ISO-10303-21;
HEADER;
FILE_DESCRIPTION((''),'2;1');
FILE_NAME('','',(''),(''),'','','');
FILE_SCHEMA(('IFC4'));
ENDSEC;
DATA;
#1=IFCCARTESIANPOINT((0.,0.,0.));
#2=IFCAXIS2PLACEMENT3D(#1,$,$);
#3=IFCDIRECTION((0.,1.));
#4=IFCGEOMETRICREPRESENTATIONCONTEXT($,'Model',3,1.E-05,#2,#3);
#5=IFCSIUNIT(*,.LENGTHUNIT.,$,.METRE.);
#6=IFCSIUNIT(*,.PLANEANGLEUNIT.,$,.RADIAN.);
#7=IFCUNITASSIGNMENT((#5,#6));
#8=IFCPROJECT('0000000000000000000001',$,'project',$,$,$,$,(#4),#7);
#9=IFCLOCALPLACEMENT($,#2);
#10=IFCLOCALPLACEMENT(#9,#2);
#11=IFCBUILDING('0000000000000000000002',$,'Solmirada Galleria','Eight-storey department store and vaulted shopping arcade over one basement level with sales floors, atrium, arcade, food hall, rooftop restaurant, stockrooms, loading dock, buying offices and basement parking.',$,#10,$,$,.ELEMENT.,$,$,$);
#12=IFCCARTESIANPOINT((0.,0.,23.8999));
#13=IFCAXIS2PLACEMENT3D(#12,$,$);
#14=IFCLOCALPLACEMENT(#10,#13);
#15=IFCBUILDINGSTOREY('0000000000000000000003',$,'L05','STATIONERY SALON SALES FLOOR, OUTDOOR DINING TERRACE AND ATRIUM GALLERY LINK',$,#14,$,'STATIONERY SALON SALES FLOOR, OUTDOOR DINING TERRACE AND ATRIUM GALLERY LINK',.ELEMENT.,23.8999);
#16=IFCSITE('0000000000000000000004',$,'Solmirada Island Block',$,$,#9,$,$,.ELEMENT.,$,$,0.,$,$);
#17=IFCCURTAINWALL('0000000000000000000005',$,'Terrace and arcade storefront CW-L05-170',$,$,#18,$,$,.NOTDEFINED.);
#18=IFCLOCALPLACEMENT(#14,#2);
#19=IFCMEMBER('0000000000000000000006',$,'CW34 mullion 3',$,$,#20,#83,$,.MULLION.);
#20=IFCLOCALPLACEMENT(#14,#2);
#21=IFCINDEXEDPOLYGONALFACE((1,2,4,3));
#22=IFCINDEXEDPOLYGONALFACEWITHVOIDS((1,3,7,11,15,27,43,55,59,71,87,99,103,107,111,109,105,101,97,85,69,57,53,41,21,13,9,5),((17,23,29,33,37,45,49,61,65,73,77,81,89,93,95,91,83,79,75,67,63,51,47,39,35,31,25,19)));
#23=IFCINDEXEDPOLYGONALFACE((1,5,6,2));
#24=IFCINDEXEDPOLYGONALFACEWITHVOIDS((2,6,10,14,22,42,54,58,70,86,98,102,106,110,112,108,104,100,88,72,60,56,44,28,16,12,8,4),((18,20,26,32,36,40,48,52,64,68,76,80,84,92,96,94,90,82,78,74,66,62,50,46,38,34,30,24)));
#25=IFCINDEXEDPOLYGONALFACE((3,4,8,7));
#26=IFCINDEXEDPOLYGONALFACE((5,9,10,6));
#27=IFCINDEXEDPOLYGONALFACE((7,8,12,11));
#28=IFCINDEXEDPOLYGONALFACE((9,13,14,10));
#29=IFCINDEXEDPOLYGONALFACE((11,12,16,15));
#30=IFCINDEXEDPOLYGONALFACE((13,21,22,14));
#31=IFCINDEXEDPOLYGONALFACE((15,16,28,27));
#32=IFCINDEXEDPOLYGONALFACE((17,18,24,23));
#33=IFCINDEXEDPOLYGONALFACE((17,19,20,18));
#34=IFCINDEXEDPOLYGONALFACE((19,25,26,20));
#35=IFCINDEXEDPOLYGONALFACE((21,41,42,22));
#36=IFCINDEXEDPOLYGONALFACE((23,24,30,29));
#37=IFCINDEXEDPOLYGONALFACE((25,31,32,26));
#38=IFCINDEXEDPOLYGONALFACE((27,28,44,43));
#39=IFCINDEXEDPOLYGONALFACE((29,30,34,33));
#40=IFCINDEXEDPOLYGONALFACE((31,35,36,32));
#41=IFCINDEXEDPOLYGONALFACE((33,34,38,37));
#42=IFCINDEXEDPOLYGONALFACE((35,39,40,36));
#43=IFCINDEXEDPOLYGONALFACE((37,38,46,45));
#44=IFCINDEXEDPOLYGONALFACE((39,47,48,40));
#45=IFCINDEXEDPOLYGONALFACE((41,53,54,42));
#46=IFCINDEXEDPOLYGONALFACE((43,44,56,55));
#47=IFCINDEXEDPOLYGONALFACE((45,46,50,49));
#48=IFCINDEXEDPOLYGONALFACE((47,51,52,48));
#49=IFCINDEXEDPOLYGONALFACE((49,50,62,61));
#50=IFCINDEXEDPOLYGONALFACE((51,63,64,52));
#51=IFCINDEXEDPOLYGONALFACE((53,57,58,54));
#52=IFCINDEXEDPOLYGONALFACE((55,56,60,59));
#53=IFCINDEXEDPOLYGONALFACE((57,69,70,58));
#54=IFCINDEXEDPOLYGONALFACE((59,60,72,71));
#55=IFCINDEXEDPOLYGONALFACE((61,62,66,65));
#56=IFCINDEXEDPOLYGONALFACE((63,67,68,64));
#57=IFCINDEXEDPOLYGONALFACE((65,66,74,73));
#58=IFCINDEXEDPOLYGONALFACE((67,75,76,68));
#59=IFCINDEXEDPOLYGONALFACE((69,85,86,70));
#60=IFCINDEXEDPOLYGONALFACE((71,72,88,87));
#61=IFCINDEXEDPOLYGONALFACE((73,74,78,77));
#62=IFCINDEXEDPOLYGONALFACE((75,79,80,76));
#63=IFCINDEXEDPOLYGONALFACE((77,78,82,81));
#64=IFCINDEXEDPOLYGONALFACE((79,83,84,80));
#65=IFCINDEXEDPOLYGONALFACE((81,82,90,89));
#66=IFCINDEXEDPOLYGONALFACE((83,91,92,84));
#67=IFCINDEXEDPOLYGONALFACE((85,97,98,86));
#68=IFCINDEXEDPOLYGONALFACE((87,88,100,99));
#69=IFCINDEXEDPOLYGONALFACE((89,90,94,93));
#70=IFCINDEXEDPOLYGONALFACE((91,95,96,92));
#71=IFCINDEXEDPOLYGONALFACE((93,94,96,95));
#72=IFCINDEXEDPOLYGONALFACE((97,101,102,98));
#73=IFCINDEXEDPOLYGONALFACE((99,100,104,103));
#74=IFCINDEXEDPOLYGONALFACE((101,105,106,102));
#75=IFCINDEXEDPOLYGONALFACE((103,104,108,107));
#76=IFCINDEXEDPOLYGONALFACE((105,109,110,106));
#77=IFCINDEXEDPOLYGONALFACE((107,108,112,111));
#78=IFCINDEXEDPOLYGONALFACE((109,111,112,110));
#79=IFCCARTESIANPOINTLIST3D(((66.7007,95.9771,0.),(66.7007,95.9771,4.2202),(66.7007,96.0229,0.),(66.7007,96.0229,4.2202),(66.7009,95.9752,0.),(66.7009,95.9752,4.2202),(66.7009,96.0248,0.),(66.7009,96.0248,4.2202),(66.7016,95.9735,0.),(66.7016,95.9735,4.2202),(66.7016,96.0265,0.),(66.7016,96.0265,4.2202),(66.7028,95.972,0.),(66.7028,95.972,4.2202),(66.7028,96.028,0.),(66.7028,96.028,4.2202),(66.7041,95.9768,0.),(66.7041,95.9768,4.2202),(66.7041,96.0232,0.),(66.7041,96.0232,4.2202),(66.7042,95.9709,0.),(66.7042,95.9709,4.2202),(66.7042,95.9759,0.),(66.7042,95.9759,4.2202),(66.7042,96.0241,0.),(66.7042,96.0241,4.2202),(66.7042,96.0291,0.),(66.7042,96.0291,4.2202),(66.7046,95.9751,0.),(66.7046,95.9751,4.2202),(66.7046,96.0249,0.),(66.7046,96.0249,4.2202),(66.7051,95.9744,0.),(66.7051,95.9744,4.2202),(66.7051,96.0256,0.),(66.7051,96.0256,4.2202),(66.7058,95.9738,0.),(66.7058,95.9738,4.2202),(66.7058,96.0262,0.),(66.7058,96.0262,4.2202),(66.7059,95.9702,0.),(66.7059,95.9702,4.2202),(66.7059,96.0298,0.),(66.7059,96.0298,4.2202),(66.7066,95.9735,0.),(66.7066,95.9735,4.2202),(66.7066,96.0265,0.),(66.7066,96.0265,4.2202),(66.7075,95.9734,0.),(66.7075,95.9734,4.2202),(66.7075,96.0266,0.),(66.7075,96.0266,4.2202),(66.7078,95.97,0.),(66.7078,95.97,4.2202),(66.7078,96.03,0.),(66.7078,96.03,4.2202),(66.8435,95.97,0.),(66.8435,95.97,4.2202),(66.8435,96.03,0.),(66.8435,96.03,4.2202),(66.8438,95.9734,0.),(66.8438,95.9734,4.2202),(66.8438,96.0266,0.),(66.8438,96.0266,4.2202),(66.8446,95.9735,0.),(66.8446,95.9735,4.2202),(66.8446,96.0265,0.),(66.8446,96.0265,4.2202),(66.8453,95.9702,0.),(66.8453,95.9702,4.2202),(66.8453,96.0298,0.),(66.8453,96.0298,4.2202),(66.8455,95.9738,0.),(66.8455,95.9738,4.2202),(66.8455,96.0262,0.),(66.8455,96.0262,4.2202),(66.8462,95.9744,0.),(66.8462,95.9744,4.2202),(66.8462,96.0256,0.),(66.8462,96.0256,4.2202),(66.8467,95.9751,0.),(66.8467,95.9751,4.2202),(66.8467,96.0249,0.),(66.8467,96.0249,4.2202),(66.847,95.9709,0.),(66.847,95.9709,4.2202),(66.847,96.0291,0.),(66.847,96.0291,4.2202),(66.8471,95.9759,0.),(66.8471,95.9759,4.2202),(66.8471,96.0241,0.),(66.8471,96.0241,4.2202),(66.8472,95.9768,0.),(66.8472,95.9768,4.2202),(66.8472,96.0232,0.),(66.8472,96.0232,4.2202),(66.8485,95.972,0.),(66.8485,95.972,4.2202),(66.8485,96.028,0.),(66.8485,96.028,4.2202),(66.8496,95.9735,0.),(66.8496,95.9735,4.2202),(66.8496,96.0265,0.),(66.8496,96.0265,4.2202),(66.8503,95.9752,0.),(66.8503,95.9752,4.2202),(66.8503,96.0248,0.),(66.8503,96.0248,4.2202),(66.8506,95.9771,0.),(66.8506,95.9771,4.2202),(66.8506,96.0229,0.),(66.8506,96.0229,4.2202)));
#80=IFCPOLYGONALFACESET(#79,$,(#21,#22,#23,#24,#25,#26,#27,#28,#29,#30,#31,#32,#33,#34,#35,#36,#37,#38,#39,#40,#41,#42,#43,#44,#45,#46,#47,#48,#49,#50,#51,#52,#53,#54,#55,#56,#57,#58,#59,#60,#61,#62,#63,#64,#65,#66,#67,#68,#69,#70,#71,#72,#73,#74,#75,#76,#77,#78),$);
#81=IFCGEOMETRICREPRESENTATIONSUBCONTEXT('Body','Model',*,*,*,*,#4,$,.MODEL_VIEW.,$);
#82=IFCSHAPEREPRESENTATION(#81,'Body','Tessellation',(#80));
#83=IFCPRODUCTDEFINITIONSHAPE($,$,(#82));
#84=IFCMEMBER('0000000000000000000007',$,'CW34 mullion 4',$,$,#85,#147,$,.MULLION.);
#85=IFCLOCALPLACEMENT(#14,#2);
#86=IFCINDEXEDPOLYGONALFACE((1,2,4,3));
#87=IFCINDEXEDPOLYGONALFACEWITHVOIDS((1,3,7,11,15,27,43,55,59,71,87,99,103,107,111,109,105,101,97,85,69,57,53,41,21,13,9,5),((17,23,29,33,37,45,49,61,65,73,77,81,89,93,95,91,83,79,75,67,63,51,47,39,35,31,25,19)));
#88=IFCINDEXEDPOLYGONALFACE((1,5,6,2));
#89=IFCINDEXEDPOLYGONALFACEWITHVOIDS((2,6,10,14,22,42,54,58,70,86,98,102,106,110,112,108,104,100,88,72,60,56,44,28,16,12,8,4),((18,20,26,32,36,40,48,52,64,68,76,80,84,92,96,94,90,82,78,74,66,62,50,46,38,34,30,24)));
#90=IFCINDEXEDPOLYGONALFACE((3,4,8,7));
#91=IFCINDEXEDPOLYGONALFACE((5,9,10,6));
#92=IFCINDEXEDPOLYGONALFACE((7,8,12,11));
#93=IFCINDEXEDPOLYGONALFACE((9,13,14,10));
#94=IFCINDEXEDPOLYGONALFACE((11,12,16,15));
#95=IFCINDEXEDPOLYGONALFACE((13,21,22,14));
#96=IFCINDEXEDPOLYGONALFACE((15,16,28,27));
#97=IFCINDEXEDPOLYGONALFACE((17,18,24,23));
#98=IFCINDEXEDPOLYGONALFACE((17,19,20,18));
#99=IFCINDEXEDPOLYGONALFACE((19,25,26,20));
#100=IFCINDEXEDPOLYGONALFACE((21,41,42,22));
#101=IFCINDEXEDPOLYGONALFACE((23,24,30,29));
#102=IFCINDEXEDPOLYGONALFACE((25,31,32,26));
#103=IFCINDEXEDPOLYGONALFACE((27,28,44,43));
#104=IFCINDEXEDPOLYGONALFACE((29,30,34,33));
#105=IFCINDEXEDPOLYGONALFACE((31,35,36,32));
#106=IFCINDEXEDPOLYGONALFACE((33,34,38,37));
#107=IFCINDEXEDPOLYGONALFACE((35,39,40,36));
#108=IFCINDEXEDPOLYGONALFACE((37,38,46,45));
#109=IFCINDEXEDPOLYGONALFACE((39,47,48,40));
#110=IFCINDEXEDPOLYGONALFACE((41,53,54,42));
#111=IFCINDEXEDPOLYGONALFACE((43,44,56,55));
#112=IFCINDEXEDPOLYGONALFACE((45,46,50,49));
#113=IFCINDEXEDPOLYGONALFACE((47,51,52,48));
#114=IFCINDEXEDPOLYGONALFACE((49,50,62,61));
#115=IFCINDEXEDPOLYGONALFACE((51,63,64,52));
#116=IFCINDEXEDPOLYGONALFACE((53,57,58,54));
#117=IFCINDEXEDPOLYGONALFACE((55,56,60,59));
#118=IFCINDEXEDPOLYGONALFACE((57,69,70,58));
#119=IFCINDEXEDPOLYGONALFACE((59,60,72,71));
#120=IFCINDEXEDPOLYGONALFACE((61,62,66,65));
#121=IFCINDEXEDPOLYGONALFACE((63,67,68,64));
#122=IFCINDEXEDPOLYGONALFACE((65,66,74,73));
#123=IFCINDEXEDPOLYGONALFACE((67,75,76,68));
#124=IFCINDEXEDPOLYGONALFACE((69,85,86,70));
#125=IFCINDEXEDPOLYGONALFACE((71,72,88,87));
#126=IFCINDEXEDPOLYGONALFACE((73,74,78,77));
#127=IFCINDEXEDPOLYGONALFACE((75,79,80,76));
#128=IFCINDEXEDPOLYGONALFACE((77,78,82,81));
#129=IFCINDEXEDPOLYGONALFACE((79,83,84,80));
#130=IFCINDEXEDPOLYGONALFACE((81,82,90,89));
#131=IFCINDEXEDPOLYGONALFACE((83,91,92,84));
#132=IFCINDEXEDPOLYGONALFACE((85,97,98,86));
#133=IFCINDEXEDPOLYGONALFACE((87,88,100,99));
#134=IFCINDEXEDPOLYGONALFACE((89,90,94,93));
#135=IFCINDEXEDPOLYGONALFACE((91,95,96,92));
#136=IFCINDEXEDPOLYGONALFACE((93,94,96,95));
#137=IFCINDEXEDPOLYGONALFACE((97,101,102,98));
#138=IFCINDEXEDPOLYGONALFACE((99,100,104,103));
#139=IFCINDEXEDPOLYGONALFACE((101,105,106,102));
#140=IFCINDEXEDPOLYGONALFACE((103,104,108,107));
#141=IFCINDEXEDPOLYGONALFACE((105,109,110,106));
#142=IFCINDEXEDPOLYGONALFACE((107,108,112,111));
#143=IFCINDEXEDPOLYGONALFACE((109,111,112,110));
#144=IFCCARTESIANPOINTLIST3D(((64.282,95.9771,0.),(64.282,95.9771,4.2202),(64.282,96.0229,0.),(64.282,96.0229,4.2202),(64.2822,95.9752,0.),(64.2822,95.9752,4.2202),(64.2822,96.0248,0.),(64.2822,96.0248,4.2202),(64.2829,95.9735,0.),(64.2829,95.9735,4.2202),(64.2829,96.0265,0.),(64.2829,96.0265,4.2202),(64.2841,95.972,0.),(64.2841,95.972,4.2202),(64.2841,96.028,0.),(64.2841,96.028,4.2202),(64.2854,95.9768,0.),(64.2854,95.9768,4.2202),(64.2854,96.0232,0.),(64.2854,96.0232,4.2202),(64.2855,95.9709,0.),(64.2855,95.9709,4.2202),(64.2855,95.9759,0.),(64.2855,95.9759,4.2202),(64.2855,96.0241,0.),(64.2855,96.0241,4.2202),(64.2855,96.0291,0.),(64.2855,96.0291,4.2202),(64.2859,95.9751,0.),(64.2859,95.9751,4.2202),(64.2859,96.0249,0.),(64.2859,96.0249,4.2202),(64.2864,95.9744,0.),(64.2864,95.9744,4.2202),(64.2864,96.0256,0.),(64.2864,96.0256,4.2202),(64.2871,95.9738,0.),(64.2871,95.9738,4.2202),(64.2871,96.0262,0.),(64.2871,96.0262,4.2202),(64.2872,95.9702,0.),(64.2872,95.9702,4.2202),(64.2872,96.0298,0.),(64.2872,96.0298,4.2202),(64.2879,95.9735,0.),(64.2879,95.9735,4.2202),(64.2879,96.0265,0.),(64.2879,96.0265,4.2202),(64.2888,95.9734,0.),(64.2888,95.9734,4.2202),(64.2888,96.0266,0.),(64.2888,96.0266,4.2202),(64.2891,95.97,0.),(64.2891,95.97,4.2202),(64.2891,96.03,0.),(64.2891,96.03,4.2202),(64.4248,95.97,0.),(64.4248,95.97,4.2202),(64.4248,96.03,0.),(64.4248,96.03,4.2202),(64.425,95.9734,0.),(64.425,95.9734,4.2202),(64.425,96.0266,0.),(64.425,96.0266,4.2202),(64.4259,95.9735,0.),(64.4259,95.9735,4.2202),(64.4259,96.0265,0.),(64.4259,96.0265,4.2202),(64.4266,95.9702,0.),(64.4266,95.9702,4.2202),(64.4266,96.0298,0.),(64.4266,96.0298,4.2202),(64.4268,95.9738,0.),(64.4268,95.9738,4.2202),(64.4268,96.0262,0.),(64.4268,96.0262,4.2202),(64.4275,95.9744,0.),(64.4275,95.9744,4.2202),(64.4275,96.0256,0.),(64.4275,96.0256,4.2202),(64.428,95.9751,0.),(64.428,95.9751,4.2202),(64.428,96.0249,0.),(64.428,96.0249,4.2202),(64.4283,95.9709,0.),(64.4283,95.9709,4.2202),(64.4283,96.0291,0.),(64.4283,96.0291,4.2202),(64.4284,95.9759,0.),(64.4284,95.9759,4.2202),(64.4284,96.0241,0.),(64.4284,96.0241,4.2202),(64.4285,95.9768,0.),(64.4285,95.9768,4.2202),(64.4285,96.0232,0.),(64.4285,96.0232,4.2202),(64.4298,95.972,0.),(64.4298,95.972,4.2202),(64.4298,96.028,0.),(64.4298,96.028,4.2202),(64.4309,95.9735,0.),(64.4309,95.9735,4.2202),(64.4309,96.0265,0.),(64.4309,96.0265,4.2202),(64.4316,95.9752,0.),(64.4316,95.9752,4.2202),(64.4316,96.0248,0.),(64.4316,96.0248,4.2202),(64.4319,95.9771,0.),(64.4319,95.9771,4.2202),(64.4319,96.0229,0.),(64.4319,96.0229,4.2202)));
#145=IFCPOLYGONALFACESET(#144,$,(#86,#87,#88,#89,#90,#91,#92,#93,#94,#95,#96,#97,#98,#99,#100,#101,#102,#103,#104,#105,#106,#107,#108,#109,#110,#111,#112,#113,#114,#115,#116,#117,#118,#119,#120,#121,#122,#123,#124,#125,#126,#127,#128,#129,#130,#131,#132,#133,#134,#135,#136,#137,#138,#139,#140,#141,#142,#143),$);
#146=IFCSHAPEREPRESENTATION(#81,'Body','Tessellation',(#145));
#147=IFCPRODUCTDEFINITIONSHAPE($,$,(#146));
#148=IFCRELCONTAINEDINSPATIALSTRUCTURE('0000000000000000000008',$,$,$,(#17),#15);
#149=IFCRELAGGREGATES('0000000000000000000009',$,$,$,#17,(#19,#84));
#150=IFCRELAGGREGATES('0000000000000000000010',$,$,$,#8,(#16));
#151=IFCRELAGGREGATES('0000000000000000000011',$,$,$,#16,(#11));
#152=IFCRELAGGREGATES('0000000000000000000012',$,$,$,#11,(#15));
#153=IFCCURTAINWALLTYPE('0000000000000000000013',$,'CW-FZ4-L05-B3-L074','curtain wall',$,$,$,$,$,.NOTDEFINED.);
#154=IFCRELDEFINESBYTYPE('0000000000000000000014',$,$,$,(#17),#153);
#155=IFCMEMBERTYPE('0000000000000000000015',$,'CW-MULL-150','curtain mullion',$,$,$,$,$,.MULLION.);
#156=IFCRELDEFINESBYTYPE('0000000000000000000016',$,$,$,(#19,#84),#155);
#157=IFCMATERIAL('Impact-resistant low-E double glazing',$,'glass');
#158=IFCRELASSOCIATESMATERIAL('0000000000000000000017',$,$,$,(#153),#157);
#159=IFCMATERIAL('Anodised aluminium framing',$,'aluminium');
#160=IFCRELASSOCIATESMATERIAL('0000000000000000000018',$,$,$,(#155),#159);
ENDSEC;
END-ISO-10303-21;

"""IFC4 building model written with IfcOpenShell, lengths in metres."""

from ifc_helpers import new_model, si_unit, direction, frame, origin, origin_2d, place, context, subcontext, project, spatial, hollow_rectangle, extrude, material, material_profile, profile_set, type_object, element, aggregate, save


model = new_model("IFC4")

# Units and contexts
model_context = context("Model", 3, precision=1e-05, world=origin(), true_north=direction((0.0, 1.0)))
body_context = subcontext(model_context, "Body", "Model", "MODEL_VIEW")
ifc_project = project(units=[si_unit("LENGTHUNIT", "METRE"), si_unit("PLANEANGLEUNIT", "RADIAN")], contexts=[model_context])

# Site, building, storey
site_placement = place(None, origin())
site = spatial("IfcSite", under=ifc_project, at=site_placement, Name="Solmirada Island Block", CompositionType="ELEMENT", RefElevation=0.0)
building_placement = place(site_placement, origin())
building = spatial("IfcBuilding", under=site, at=building_placement, Name="Solmirada Galleria", Description="Eight-storey department store and vaulted shopping arcade over one basement level with sales floors, atrium, arcade, food hall, rooftop restaurant, stockrooms, loading dock, buying offices and basement parking.", CompositionType="ELEMENT")
storey_placement = place(building_placement, frame((0.0, 0.0, 23.8999)))
storey = spatial("IfcBuildingStorey", under=building, at=storey_placement, Name="L05", Description="STATIONERY SALON SALES FLOOR, OUTDOOR DINING TERRACE AND ATRIUM GALLERY LINK", LongName="STATIONERY SALON SALES FLOOR, OUTDOOR DINING TERRACE AND ATRIUM GALLERY LINK", CompositionType="ELEMENT", Elevation=23.8999)

# Curtain wall, members
ifc_material_1 = material(Name="Impact-resistant low-E double glazing", Category="glass")
curtain_wall_type = type_object("IfcCurtainWallType", Name="CW-FZ4-L05-B3-L074", Description="curtain wall", PredefinedType="NOTDEFINED", material=ifc_material_1)
curtain_wall_1_placement = place(storey_placement, origin())
curtain_wall_1 = element("IfcCurtainWall", 1, at=curtain_wall_1_placement, inside=storey, type_object=curtain_wall_type, Name="Terrace and arcade storefront CW-L05-170", PredefinedType="NOTDEFINED")
ifc_material_2 = material(Name="Anodised aluminium framing", Category="aluminium")
ifc_material_profile_1 = material_profile(ifc_material_2, hollow_rectangle(XDim=0.0601, YDim=0.1499, WallThickness=0.0034, InnerFilletRadius=0.0034, OuterFilletRadius=0.0071, at=origin_2d()), Name="ALU-MULL-150X60")
ifc_profile_set_1 = profile_set([ifc_material_profile_1], Name="Anodised aluminium framing")
member_type_1 = type_object("IfcMemberType", Name="CW-MULL-150", Description="curtain mullion", PredefinedType="MULLION", material=ifc_profile_set_1)
member_1_placement = place(storey_placement, frame((66.7756, 96.0, 0.0), z_axis=(0.0, 0.0, 1.0), x_axis=(0.0, -1.0, 0.0)))
member_1 = element("IfcMember", 2, at=member_1_placement, type_object=member_type_1, Name="CW34 mullion 3", PredefinedType="MULLION", context=body_context, shape_type="SweptSolid", body=[
    extrude(hollow_rectangle(XDim=0.0601, YDim=0.1499, WallThickness=0.0034, InnerFilletRadius=0.0034, OuterFilletRadius=0.0071, at=origin_2d()), origin(), (0.0, 0.0, 1.0), 4.2202),
])
member_2_placement = place(storey_placement, frame((64.3569, 96.0, 0.0), z_axis=(0.0, 0.0, 1.0), x_axis=(0.0, -1.0, 0.0)))
member_2 = element("IfcMember", 3, at=member_2_placement, type_object=member_type_1, Name="CW34 mullion 4", PredefinedType="MULLION", context=body_context, shape_type="SweptSolid", body=[
    extrude(hollow_rectangle(XDim=0.0601, YDim=0.1499, WallThickness=0.0034, InnerFilletRadius=0.0034, OuterFilletRadius=0.0071, at=origin_2d()), origin(), (0.0, 0.0, 1.0), 4.2202),
])

aggregate(curtain_wall_1, [member_1, member_2])

save(model, "model.ifc")
